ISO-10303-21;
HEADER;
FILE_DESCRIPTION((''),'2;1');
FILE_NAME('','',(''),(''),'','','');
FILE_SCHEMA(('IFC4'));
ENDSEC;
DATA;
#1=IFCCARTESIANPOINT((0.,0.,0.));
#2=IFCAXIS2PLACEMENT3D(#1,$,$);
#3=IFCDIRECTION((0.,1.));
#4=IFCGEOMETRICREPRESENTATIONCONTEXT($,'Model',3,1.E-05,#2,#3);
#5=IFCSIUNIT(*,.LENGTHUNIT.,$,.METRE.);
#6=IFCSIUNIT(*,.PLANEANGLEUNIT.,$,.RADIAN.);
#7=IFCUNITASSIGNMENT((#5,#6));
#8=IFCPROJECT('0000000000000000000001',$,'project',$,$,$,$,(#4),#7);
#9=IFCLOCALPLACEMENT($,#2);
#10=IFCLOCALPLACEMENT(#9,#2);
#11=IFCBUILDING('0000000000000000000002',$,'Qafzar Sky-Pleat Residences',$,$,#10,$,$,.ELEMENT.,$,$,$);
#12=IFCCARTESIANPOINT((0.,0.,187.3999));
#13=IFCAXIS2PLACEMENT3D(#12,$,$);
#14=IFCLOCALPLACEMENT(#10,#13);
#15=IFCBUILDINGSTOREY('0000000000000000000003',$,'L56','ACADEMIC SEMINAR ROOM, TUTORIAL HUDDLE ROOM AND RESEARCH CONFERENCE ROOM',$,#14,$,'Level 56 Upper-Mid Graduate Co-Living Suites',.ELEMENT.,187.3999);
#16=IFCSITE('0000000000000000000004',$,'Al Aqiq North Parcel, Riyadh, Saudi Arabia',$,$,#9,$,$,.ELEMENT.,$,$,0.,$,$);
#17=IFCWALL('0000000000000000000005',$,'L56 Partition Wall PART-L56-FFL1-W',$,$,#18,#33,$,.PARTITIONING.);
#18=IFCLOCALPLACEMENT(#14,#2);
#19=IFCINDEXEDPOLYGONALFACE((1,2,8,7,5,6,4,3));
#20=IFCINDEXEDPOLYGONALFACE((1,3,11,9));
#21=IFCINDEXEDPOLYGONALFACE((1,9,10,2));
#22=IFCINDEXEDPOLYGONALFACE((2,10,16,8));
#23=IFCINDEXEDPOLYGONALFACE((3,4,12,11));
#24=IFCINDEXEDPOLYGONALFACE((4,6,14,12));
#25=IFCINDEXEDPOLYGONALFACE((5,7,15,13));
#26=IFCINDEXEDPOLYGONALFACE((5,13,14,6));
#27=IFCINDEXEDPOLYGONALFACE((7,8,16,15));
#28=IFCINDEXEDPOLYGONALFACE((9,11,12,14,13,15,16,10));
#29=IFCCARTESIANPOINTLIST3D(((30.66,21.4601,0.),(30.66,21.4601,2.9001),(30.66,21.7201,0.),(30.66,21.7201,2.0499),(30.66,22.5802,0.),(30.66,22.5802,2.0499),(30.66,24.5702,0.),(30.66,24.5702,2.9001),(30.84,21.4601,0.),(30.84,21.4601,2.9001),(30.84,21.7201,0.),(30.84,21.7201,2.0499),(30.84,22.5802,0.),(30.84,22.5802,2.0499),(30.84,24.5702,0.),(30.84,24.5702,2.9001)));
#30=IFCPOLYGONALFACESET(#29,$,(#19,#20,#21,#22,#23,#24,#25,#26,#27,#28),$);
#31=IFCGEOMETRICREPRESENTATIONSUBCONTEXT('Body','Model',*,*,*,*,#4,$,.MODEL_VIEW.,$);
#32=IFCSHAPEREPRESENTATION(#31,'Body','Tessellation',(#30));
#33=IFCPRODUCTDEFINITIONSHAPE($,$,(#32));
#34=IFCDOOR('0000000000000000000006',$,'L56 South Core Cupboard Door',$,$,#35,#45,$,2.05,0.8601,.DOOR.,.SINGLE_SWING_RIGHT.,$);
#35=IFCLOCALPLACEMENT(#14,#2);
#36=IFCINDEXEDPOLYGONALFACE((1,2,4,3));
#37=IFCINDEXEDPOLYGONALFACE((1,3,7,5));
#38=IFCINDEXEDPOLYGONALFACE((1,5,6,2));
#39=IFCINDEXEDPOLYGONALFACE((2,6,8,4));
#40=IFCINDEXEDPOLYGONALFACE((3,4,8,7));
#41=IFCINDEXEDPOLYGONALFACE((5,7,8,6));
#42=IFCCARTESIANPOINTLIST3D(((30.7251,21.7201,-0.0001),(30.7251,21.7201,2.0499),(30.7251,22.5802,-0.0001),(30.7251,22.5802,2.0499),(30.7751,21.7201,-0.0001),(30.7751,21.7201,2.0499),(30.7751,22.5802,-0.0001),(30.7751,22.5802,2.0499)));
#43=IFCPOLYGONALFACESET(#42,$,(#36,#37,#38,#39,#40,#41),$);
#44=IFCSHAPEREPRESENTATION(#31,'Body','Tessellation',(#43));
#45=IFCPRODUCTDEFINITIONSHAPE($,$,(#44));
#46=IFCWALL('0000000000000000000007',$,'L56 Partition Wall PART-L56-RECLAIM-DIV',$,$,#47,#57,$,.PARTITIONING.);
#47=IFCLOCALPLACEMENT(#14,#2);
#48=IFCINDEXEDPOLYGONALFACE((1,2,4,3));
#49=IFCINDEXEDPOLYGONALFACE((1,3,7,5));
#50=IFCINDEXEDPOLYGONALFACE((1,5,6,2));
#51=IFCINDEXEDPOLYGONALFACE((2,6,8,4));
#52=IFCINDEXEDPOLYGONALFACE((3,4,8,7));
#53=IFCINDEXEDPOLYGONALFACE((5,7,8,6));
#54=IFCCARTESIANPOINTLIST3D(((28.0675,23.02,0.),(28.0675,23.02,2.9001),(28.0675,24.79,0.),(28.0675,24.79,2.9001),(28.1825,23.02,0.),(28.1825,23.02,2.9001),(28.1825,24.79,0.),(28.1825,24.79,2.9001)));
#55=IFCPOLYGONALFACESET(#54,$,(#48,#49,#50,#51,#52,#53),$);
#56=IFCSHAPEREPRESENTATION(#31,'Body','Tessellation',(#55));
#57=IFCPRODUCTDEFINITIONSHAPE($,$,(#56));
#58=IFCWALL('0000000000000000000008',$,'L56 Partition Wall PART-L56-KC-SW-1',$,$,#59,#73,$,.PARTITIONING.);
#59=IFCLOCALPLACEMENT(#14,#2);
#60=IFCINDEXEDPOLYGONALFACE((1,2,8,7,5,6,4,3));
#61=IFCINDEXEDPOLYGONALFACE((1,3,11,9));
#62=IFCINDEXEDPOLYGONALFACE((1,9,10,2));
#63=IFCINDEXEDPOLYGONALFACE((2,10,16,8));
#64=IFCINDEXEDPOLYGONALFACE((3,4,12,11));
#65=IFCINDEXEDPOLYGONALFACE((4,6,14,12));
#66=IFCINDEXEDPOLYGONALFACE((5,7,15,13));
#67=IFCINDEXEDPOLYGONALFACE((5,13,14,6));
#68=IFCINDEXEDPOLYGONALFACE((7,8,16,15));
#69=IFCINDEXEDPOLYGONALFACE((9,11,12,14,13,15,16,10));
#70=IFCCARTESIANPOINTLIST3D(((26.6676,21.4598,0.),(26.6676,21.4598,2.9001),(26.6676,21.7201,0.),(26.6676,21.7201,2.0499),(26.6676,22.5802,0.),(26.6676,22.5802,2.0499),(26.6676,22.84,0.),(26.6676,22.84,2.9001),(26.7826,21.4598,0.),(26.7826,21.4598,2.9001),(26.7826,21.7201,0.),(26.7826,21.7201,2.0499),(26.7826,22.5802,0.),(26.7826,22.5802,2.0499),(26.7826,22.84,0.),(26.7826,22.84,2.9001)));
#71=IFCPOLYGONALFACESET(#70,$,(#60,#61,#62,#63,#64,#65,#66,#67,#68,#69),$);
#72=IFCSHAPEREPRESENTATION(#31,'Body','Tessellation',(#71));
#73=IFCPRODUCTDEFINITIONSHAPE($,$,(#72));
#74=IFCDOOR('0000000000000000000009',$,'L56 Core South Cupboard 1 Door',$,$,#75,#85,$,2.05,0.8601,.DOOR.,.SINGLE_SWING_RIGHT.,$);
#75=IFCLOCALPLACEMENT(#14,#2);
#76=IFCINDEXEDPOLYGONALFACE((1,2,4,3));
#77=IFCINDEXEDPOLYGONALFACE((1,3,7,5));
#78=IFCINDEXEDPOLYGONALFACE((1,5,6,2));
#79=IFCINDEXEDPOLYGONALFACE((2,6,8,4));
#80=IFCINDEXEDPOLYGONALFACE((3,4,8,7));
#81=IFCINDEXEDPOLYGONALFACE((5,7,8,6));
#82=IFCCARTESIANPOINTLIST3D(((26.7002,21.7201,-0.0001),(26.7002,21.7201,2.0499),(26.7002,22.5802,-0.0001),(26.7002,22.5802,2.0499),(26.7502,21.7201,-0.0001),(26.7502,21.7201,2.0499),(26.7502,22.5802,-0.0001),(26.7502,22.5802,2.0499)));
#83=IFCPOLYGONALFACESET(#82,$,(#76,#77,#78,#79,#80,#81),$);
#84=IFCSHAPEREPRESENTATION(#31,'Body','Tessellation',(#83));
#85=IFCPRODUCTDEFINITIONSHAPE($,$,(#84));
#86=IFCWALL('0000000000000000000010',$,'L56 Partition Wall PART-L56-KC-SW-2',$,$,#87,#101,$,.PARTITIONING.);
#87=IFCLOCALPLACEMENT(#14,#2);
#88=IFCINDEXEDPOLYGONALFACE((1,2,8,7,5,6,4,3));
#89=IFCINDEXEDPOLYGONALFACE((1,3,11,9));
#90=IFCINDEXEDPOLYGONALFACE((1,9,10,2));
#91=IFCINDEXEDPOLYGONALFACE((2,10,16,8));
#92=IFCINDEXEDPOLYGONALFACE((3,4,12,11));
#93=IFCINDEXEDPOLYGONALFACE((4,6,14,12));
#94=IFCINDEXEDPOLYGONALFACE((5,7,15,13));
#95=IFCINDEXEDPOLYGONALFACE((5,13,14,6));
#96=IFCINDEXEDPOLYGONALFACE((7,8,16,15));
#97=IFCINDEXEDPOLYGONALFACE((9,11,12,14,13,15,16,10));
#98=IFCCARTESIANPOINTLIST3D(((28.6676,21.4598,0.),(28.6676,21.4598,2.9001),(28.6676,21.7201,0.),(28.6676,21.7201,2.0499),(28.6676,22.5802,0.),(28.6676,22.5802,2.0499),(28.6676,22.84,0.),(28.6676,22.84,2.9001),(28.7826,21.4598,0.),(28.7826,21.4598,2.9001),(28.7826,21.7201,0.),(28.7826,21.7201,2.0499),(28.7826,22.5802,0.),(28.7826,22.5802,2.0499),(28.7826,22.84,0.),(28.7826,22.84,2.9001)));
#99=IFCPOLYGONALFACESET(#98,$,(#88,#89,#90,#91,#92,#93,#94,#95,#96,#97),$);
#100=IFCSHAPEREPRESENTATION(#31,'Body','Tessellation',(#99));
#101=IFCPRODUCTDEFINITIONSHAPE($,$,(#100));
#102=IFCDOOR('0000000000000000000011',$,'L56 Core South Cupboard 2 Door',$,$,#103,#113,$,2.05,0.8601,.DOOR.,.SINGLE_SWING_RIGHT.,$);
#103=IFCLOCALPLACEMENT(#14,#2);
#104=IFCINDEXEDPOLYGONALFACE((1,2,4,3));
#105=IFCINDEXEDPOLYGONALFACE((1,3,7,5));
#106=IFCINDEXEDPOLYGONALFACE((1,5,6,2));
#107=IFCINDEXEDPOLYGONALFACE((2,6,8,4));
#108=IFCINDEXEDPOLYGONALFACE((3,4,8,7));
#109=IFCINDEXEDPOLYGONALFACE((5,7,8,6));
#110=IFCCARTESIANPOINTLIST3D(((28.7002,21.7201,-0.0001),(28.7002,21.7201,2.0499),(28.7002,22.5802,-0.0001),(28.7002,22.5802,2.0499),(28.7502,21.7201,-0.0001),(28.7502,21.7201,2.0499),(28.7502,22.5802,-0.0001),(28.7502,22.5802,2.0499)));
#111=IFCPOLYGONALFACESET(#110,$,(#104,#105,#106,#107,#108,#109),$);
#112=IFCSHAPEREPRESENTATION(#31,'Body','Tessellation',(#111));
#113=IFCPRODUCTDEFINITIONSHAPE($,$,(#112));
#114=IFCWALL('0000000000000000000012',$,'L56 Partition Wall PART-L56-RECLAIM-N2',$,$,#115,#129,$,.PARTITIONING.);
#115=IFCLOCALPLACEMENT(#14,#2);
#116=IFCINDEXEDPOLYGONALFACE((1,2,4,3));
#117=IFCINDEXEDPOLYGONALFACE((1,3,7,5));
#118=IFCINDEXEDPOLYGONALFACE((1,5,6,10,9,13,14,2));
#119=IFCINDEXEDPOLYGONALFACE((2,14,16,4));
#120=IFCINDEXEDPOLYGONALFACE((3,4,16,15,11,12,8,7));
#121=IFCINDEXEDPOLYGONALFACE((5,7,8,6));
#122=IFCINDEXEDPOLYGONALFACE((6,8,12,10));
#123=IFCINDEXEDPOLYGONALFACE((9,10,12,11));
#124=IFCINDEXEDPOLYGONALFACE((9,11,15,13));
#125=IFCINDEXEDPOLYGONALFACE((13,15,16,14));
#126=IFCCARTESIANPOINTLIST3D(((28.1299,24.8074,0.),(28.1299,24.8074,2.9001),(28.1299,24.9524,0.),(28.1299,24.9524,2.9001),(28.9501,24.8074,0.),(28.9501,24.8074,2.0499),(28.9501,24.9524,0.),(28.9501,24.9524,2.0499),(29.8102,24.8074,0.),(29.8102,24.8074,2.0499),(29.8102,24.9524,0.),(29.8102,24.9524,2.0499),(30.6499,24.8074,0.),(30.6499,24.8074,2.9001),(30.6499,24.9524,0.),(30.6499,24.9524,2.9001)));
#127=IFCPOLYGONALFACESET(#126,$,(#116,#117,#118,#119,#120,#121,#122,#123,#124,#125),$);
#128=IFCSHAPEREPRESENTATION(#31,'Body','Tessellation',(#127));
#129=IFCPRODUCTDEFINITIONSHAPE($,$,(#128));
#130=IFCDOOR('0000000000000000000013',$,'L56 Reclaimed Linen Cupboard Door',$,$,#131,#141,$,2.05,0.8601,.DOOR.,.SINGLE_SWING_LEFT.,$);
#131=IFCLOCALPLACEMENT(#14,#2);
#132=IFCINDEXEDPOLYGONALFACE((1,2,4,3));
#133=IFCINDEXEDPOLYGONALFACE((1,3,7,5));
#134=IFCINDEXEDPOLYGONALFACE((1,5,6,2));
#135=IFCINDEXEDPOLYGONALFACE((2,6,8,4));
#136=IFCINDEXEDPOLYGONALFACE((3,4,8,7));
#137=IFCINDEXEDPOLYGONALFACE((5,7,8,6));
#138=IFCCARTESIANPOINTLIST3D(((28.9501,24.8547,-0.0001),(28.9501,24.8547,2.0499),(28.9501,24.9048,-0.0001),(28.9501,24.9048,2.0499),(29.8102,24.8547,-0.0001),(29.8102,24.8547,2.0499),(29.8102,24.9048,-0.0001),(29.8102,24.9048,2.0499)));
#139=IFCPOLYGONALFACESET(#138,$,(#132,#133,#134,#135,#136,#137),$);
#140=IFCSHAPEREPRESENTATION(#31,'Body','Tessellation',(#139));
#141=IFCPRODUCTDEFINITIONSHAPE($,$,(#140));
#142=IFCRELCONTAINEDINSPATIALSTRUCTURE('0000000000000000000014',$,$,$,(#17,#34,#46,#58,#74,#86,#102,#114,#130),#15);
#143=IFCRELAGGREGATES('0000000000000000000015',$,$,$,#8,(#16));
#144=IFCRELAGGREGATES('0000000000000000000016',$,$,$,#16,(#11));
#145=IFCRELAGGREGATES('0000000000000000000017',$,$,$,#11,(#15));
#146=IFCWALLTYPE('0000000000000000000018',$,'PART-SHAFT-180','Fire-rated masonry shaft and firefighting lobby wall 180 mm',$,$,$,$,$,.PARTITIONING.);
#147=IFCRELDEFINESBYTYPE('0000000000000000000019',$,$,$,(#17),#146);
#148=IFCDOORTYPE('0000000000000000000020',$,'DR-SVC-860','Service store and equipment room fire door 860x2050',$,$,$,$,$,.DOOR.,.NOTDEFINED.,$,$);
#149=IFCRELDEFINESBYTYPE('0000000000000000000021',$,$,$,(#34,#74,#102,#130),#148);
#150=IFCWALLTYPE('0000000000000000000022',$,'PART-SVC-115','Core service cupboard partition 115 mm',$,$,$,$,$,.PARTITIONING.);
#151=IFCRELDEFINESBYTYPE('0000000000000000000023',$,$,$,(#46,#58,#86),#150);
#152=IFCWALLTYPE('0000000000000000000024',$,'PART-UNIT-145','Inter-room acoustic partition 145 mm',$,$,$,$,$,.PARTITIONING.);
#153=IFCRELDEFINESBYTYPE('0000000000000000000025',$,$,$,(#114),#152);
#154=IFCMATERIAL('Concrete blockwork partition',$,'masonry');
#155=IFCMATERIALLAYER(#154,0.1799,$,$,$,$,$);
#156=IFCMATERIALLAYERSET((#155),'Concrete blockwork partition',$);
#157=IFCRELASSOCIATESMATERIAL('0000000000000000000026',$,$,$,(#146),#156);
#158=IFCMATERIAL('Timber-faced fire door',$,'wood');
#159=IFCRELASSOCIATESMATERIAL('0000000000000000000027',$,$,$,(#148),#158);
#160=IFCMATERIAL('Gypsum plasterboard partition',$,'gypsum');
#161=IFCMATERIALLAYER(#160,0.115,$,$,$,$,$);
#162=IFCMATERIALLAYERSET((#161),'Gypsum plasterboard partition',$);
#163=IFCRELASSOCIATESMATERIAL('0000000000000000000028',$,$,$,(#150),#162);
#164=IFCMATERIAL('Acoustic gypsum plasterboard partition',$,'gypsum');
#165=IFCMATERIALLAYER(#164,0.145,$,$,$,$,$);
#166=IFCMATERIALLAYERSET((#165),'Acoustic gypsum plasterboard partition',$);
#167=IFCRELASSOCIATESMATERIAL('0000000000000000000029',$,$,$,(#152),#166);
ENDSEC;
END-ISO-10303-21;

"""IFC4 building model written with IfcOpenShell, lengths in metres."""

from ifc_helpers import new_model, si_unit, direction, frame, frame_2d, origin, place, context, subcontext, project, spatial, rectangle, extrude, source, transform, mapped, material, layer, layer_set, type_object, element, fill, save


model = new_model("IFC4")

# Units and contexts
model_context = context("Model", 3, precision=1e-05, world=origin(), true_north=direction((0.0, 1.0)))
body_context = subcontext(model_context, "Body", "Model", "MODEL_VIEW")
ifc_project = project(units=[si_unit("LENGTHUNIT", "METRE"), si_unit("PLANEANGLEUNIT", "RADIAN")], contexts=[model_context])

# Site, building, storey
site_placement = place(None, origin())
site = spatial("IfcSite", under=ifc_project, at=site_placement, Name="Al Aqiq North Parcel, Riyadh, Saudi Arabia", CompositionType="ELEMENT", RefElevation=0.0)
building_placement = place(site_placement, origin())
building = spatial("IfcBuilding", under=site, at=building_placement, Name="Qafzar Sky-Pleat Residences", CompositionType="ELEMENT")
storey_placement = place(building_placement, frame((0.0, 0.0, 187.3999)))
storey = spatial("IfcBuildingStorey", under=building, at=storey_placement, Name="L56", Description="ACADEMIC SEMINAR ROOM, TUTORIAL HUDDLE ROOM AND RESEARCH CONFERENCE ROOM", LongName="Level 56 Upper-Mid Graduate Co-Living Suites", CompositionType="ELEMENT", Elevation=187.3999)

# Wall, opening, door
ifc_material_1 = material(Name="Concrete blockwork partition", Category="masonry")
ifc_layer_1 = layer(ifc_material_1, 0.1799)
ifc_layer_set_1 = layer_set([ifc_layer_1], Name="Concrete blockwork partition")
wall_type_1 = type_object("IfcWallType", Name="PART-SHAFT-180", Description="Fire-rated masonry shaft and firefighting lobby wall 180 mm", PredefinedType="PARTITIONING", material=ifc_layer_set_1)
wall_1_placement = place(storey_placement, frame((30.75, 21.46, 0.0), z_axis=(0.0, 0.0, 1.0), x_axis=(0.0, 1.0, 0.0)))
wall_1 = element("IfcWall", 1, at=wall_1_placement, inside=storey, type_object=wall_type_1, Name="L56 Partition Wall PART-L56-FFL1-W", PredefinedType="PARTITIONING", context=body_context, shape_type="SweptSolid", body=[
    extrude(rectangle(XDim=3.1101, YDim=0.1799, at=frame_2d((1.5552, 0.0))), origin(), (0.0, 0.0, 1.0), 2.9001),
])
opening_1_placement = place(wall_1_placement, frame((0.26, 0.0, 0.0)))
opening_1 = element("IfcOpeningElement", 2, at=opening_1_placement, cuts=wall_1, PredefinedType="OPENING", context=body_context, shape_type="SweptSolid", body=[
    extrude(rectangle(XDim=0.8601, YDim=2.05, at=frame_2d((0.4302, 1.0249))), frame((0.0, 0.1001, 0.0), z_axis=(0.0, -1.0, 0.0), x_axis=(1.0, 0.0, 0.0)), (0.0, 0.0, 1.0), 0.2),
])
ifc_material_2 = material(Name="Timber-faced fire door", Category="wood")
door_type_1 = type_object("IfcDoorType", Name="DR-SVC-860", Description="Service store and equipment room fire door 860x2050", OperationType="NOTDEFINED", PredefinedType="DOOR", material=ifc_material_2)
shared_shape_1 = source(origin(), body_context, "Body", "SweptSolid", [
    extrude(rectangle(XDim=0.8601, YDim=2.05, at=frame_2d((0.4302, 1.0249))), frame((0.0, 0.0249, 0.0), z_axis=(0.0, -1.0, 0.0), x_axis=(1.0, 0.0, 0.0)), (0.0, 0.0, 1.0), 0.05),
])
door_1_placement = place(opening_1_placement, origin())
door_1 = element("IfcDoor", 3, at=door_1_placement, inside=storey, type_object=door_type_1, Name="L56 South Core Cupboard Door", OperationType="SINGLE_SWING_RIGHT", OverallHeight=2.05, OverallWidth=0.8601, PredefinedType="DOOR", context=body_context, shape_type="MappedRepresentation", body=[
    mapped(shared_shape_1, transform((0.0, 0.0, 0.0), x_axis=(1.0, 0.0, 0.0), y_axis=(0.0, 1.0, 0.0), z_axis=(0.0, 0.0, 1.0), scale=1.0)),
])
fill(opening_1, door_1)

# Wall
ifc_material_3 = material(Name="Gypsum plasterboard partition", Category="gypsum")
ifc_layer_2 = layer(ifc_material_3, 0.115)
ifc_layer_set_2 = layer_set([ifc_layer_2], Name="Gypsum plasterboard partition")
wall_type_2 = type_object("IfcWallType", Name="PART-SVC-115", Description="Core service cupboard partition 115 mm", PredefinedType="PARTITIONING", material=ifc_layer_set_2)
wall_2_placement = place(storey_placement, frame((28.125, 23.02, 0.0), z_axis=(0.0, 0.0, 1.0), x_axis=(0.0, 1.0, 0.0)))
element("IfcWall", 4, at=wall_2_placement, inside=storey, type_object=wall_type_2, Name="L56 Partition Wall PART-L56-RECLAIM-DIV", PredefinedType="PARTITIONING", context=body_context, shape_type="SweptSolid", body=[
    extrude(rectangle(XDim=1.77, YDim=0.115, at=frame_2d((0.885, 0.0))), origin(), (0.0, 0.0, 1.0), 2.9001),
])

# Walls, openings, doors
wall_3_placement = place(storey_placement, frame((26.7251, 21.46, 0.0), z_axis=(0.0, 0.0, 1.0), x_axis=(0.0, 1.0, 0.0)))
wall_3 = element("IfcWall", 5, at=wall_3_placement, inside=storey, type_object=wall_type_2, Name="L56 Partition Wall PART-L56-KC-SW-1", PredefinedType="PARTITIONING", context=body_context, shape_type="SweptSolid", body=[
    extrude(rectangle(XDim=1.3801, YDim=0.115, at=frame_2d((0.6899, 0.0))), origin(), (0.0, 0.0, 1.0), 2.9001),
])
opening_2_placement = place(wall_3_placement, frame((0.26, 0.0, 0.0)))
opening_2 = element("IfcOpeningElement", 6, at=opening_2_placement, cuts=wall_3, PredefinedType="OPENING", context=body_context, shape_type="SweptSolid", body=[
    extrude(rectangle(XDim=0.8601, YDim=2.05, at=frame_2d((0.4302, 1.0249))), frame((0.0, 0.0674, 0.0), z_axis=(0.0, -1.0, 0.0), x_axis=(1.0, 0.0, 0.0)), (0.0, 0.0, 1.0), 0.135),
])
door_2_placement = place(opening_2_placement, origin())
door_2 = element("IfcDoor", 7, at=door_2_placement, inside=storey, type_object=door_type_1, Name="L56 Core South Cupboard 1 Door", OperationType="SINGLE_SWING_RIGHT", OverallHeight=2.05, OverallWidth=0.8601, PredefinedType="DOOR", context=body_context, shape_type="MappedRepresentation", body=[
    mapped(shared_shape_1, transform((0.0, 0.0, 0.0), x_axis=(1.0, 0.0, 0.0), y_axis=(0.0, 1.0, 0.0), z_axis=(0.0, 0.0, 1.0), scale=1.0)),
])
fill(opening_2, door_2)
wall_4_placement = place(storey_placement, frame((28.7251, 21.46, 0.0), z_axis=(0.0, 0.0, 1.0), x_axis=(0.0, 1.0, 0.0)))
wall_4 = element("IfcWall", 8, at=wall_4_placement, inside=storey, type_object=wall_type_2, Name="L56 Partition Wall PART-L56-KC-SW-2", PredefinedType="PARTITIONING", context=body_context, shape_type="SweptSolid", body=[
    extrude(rectangle(XDim=1.3801, YDim=0.115, at=frame_2d((0.6899, 0.0))), origin(), (0.0, 0.0, 1.0), 2.9001),
])
opening_3_placement = place(wall_4_placement, frame((0.26, 0.0, 0.0)))
opening_3 = element("IfcOpeningElement", 9, at=opening_3_placement, cuts=wall_4, PredefinedType="OPENING", context=body_context, shape_type="SweptSolid", body=[
    extrude(rectangle(XDim=0.8601, YDim=2.05, at=frame_2d((0.4302, 1.0249))), frame((0.0, 0.0674, 0.0), z_axis=(0.0, -1.0, 0.0), x_axis=(1.0, 0.0, 0.0)), (0.0, 0.0, 1.0), 0.135),
])
door_3_placement = place(opening_3_placement, origin())
door_3 = element("IfcDoor", 10, at=door_3_placement, inside=storey, type_object=door_type_1, Name="L56 Core South Cupboard 2 Door", OperationType="SINGLE_SWING_RIGHT", OverallHeight=2.05, OverallWidth=0.8601, PredefinedType="DOOR", context=body_context, shape_type="MappedRepresentation", body=[
    mapped(shared_shape_1, transform((0.0, 0.0, 0.0), x_axis=(1.0, 0.0, 0.0), y_axis=(0.0, 1.0, 0.0), z_axis=(0.0, 0.0, 1.0), scale=1.0)),
])
fill(opening_3, door_3)
ifc_material_4 = material(Name="Acoustic gypsum plasterboard partition", Category="gypsum")
ifc_layer_3 = layer(ifc_material_4, 0.145)
ifc_layer_set_3 = layer_set([ifc_layer_3], Name="Acoustic gypsum plasterboard partition")
wall_type_3 = type_object("IfcWallType", Name="PART-UNIT-145", Description="Inter-room acoustic partition 145 mm", PredefinedType="PARTITIONING", material=ifc_layer_set_3)
wall_5_placement = place(storey_placement, frame((28.1299, 24.8799, 0.0), z_axis=(0.0, 0.0, 1.0), x_axis=(1.0, 0.0, 0.0)))
wall_5 = element("IfcWall", 11, at=wall_5_placement, inside=storey, type_object=wall_type_3, Name="L56 Partition Wall PART-L56-RECLAIM-N2", PredefinedType="PARTITIONING", context=body_context, shape_type="SweptSolid", body=[
    extrude(rectangle(XDim=2.52, YDim=0.145, at=frame_2d((1.26, 0.0))), origin(), (0.0, 0.0, 1.0), 2.9001),
])
opening_4_placement = place(wall_5_placement, frame((0.8201, 0.0, 0.0)))
opening_4 = element("IfcOpeningElement", 12, at=opening_4_placement, cuts=wall_5, PredefinedType="OPENING", context=body_context, shape_type="SweptSolid", body=[
    extrude(rectangle(XDim=0.8601, YDim=2.05, at=frame_2d((0.4302, 1.0249))), frame((0.0, 0.0825, 0.0), z_axis=(0.0, -1.0, 0.0), x_axis=(1.0, 0.0, 0.0)), (0.0, 0.0, 1.0), 0.165),
])
door_4_placement = place(opening_4_placement, origin())
door_4 = element("IfcDoor", 13, at=door_4_placement, inside=storey, type_object=door_type_1, Name="L56 Reclaimed Linen Cupboard Door", OperationType="SINGLE_SWING_LEFT", OverallHeight=2.05, OverallWidth=0.8601, PredefinedType="DOOR", context=body_context, shape_type="MappedRepresentation", body=[
    mapped(shared_shape_1, transform((0.0, 0.0, 0.0), x_axis=(1.0, 0.0, 0.0), y_axis=(0.0, 1.0, 0.0), z_axis=(0.0, 0.0, 1.0), scale=1.0)),
])
fill(opening_4, door_4)

save(model, "model.ifc")
